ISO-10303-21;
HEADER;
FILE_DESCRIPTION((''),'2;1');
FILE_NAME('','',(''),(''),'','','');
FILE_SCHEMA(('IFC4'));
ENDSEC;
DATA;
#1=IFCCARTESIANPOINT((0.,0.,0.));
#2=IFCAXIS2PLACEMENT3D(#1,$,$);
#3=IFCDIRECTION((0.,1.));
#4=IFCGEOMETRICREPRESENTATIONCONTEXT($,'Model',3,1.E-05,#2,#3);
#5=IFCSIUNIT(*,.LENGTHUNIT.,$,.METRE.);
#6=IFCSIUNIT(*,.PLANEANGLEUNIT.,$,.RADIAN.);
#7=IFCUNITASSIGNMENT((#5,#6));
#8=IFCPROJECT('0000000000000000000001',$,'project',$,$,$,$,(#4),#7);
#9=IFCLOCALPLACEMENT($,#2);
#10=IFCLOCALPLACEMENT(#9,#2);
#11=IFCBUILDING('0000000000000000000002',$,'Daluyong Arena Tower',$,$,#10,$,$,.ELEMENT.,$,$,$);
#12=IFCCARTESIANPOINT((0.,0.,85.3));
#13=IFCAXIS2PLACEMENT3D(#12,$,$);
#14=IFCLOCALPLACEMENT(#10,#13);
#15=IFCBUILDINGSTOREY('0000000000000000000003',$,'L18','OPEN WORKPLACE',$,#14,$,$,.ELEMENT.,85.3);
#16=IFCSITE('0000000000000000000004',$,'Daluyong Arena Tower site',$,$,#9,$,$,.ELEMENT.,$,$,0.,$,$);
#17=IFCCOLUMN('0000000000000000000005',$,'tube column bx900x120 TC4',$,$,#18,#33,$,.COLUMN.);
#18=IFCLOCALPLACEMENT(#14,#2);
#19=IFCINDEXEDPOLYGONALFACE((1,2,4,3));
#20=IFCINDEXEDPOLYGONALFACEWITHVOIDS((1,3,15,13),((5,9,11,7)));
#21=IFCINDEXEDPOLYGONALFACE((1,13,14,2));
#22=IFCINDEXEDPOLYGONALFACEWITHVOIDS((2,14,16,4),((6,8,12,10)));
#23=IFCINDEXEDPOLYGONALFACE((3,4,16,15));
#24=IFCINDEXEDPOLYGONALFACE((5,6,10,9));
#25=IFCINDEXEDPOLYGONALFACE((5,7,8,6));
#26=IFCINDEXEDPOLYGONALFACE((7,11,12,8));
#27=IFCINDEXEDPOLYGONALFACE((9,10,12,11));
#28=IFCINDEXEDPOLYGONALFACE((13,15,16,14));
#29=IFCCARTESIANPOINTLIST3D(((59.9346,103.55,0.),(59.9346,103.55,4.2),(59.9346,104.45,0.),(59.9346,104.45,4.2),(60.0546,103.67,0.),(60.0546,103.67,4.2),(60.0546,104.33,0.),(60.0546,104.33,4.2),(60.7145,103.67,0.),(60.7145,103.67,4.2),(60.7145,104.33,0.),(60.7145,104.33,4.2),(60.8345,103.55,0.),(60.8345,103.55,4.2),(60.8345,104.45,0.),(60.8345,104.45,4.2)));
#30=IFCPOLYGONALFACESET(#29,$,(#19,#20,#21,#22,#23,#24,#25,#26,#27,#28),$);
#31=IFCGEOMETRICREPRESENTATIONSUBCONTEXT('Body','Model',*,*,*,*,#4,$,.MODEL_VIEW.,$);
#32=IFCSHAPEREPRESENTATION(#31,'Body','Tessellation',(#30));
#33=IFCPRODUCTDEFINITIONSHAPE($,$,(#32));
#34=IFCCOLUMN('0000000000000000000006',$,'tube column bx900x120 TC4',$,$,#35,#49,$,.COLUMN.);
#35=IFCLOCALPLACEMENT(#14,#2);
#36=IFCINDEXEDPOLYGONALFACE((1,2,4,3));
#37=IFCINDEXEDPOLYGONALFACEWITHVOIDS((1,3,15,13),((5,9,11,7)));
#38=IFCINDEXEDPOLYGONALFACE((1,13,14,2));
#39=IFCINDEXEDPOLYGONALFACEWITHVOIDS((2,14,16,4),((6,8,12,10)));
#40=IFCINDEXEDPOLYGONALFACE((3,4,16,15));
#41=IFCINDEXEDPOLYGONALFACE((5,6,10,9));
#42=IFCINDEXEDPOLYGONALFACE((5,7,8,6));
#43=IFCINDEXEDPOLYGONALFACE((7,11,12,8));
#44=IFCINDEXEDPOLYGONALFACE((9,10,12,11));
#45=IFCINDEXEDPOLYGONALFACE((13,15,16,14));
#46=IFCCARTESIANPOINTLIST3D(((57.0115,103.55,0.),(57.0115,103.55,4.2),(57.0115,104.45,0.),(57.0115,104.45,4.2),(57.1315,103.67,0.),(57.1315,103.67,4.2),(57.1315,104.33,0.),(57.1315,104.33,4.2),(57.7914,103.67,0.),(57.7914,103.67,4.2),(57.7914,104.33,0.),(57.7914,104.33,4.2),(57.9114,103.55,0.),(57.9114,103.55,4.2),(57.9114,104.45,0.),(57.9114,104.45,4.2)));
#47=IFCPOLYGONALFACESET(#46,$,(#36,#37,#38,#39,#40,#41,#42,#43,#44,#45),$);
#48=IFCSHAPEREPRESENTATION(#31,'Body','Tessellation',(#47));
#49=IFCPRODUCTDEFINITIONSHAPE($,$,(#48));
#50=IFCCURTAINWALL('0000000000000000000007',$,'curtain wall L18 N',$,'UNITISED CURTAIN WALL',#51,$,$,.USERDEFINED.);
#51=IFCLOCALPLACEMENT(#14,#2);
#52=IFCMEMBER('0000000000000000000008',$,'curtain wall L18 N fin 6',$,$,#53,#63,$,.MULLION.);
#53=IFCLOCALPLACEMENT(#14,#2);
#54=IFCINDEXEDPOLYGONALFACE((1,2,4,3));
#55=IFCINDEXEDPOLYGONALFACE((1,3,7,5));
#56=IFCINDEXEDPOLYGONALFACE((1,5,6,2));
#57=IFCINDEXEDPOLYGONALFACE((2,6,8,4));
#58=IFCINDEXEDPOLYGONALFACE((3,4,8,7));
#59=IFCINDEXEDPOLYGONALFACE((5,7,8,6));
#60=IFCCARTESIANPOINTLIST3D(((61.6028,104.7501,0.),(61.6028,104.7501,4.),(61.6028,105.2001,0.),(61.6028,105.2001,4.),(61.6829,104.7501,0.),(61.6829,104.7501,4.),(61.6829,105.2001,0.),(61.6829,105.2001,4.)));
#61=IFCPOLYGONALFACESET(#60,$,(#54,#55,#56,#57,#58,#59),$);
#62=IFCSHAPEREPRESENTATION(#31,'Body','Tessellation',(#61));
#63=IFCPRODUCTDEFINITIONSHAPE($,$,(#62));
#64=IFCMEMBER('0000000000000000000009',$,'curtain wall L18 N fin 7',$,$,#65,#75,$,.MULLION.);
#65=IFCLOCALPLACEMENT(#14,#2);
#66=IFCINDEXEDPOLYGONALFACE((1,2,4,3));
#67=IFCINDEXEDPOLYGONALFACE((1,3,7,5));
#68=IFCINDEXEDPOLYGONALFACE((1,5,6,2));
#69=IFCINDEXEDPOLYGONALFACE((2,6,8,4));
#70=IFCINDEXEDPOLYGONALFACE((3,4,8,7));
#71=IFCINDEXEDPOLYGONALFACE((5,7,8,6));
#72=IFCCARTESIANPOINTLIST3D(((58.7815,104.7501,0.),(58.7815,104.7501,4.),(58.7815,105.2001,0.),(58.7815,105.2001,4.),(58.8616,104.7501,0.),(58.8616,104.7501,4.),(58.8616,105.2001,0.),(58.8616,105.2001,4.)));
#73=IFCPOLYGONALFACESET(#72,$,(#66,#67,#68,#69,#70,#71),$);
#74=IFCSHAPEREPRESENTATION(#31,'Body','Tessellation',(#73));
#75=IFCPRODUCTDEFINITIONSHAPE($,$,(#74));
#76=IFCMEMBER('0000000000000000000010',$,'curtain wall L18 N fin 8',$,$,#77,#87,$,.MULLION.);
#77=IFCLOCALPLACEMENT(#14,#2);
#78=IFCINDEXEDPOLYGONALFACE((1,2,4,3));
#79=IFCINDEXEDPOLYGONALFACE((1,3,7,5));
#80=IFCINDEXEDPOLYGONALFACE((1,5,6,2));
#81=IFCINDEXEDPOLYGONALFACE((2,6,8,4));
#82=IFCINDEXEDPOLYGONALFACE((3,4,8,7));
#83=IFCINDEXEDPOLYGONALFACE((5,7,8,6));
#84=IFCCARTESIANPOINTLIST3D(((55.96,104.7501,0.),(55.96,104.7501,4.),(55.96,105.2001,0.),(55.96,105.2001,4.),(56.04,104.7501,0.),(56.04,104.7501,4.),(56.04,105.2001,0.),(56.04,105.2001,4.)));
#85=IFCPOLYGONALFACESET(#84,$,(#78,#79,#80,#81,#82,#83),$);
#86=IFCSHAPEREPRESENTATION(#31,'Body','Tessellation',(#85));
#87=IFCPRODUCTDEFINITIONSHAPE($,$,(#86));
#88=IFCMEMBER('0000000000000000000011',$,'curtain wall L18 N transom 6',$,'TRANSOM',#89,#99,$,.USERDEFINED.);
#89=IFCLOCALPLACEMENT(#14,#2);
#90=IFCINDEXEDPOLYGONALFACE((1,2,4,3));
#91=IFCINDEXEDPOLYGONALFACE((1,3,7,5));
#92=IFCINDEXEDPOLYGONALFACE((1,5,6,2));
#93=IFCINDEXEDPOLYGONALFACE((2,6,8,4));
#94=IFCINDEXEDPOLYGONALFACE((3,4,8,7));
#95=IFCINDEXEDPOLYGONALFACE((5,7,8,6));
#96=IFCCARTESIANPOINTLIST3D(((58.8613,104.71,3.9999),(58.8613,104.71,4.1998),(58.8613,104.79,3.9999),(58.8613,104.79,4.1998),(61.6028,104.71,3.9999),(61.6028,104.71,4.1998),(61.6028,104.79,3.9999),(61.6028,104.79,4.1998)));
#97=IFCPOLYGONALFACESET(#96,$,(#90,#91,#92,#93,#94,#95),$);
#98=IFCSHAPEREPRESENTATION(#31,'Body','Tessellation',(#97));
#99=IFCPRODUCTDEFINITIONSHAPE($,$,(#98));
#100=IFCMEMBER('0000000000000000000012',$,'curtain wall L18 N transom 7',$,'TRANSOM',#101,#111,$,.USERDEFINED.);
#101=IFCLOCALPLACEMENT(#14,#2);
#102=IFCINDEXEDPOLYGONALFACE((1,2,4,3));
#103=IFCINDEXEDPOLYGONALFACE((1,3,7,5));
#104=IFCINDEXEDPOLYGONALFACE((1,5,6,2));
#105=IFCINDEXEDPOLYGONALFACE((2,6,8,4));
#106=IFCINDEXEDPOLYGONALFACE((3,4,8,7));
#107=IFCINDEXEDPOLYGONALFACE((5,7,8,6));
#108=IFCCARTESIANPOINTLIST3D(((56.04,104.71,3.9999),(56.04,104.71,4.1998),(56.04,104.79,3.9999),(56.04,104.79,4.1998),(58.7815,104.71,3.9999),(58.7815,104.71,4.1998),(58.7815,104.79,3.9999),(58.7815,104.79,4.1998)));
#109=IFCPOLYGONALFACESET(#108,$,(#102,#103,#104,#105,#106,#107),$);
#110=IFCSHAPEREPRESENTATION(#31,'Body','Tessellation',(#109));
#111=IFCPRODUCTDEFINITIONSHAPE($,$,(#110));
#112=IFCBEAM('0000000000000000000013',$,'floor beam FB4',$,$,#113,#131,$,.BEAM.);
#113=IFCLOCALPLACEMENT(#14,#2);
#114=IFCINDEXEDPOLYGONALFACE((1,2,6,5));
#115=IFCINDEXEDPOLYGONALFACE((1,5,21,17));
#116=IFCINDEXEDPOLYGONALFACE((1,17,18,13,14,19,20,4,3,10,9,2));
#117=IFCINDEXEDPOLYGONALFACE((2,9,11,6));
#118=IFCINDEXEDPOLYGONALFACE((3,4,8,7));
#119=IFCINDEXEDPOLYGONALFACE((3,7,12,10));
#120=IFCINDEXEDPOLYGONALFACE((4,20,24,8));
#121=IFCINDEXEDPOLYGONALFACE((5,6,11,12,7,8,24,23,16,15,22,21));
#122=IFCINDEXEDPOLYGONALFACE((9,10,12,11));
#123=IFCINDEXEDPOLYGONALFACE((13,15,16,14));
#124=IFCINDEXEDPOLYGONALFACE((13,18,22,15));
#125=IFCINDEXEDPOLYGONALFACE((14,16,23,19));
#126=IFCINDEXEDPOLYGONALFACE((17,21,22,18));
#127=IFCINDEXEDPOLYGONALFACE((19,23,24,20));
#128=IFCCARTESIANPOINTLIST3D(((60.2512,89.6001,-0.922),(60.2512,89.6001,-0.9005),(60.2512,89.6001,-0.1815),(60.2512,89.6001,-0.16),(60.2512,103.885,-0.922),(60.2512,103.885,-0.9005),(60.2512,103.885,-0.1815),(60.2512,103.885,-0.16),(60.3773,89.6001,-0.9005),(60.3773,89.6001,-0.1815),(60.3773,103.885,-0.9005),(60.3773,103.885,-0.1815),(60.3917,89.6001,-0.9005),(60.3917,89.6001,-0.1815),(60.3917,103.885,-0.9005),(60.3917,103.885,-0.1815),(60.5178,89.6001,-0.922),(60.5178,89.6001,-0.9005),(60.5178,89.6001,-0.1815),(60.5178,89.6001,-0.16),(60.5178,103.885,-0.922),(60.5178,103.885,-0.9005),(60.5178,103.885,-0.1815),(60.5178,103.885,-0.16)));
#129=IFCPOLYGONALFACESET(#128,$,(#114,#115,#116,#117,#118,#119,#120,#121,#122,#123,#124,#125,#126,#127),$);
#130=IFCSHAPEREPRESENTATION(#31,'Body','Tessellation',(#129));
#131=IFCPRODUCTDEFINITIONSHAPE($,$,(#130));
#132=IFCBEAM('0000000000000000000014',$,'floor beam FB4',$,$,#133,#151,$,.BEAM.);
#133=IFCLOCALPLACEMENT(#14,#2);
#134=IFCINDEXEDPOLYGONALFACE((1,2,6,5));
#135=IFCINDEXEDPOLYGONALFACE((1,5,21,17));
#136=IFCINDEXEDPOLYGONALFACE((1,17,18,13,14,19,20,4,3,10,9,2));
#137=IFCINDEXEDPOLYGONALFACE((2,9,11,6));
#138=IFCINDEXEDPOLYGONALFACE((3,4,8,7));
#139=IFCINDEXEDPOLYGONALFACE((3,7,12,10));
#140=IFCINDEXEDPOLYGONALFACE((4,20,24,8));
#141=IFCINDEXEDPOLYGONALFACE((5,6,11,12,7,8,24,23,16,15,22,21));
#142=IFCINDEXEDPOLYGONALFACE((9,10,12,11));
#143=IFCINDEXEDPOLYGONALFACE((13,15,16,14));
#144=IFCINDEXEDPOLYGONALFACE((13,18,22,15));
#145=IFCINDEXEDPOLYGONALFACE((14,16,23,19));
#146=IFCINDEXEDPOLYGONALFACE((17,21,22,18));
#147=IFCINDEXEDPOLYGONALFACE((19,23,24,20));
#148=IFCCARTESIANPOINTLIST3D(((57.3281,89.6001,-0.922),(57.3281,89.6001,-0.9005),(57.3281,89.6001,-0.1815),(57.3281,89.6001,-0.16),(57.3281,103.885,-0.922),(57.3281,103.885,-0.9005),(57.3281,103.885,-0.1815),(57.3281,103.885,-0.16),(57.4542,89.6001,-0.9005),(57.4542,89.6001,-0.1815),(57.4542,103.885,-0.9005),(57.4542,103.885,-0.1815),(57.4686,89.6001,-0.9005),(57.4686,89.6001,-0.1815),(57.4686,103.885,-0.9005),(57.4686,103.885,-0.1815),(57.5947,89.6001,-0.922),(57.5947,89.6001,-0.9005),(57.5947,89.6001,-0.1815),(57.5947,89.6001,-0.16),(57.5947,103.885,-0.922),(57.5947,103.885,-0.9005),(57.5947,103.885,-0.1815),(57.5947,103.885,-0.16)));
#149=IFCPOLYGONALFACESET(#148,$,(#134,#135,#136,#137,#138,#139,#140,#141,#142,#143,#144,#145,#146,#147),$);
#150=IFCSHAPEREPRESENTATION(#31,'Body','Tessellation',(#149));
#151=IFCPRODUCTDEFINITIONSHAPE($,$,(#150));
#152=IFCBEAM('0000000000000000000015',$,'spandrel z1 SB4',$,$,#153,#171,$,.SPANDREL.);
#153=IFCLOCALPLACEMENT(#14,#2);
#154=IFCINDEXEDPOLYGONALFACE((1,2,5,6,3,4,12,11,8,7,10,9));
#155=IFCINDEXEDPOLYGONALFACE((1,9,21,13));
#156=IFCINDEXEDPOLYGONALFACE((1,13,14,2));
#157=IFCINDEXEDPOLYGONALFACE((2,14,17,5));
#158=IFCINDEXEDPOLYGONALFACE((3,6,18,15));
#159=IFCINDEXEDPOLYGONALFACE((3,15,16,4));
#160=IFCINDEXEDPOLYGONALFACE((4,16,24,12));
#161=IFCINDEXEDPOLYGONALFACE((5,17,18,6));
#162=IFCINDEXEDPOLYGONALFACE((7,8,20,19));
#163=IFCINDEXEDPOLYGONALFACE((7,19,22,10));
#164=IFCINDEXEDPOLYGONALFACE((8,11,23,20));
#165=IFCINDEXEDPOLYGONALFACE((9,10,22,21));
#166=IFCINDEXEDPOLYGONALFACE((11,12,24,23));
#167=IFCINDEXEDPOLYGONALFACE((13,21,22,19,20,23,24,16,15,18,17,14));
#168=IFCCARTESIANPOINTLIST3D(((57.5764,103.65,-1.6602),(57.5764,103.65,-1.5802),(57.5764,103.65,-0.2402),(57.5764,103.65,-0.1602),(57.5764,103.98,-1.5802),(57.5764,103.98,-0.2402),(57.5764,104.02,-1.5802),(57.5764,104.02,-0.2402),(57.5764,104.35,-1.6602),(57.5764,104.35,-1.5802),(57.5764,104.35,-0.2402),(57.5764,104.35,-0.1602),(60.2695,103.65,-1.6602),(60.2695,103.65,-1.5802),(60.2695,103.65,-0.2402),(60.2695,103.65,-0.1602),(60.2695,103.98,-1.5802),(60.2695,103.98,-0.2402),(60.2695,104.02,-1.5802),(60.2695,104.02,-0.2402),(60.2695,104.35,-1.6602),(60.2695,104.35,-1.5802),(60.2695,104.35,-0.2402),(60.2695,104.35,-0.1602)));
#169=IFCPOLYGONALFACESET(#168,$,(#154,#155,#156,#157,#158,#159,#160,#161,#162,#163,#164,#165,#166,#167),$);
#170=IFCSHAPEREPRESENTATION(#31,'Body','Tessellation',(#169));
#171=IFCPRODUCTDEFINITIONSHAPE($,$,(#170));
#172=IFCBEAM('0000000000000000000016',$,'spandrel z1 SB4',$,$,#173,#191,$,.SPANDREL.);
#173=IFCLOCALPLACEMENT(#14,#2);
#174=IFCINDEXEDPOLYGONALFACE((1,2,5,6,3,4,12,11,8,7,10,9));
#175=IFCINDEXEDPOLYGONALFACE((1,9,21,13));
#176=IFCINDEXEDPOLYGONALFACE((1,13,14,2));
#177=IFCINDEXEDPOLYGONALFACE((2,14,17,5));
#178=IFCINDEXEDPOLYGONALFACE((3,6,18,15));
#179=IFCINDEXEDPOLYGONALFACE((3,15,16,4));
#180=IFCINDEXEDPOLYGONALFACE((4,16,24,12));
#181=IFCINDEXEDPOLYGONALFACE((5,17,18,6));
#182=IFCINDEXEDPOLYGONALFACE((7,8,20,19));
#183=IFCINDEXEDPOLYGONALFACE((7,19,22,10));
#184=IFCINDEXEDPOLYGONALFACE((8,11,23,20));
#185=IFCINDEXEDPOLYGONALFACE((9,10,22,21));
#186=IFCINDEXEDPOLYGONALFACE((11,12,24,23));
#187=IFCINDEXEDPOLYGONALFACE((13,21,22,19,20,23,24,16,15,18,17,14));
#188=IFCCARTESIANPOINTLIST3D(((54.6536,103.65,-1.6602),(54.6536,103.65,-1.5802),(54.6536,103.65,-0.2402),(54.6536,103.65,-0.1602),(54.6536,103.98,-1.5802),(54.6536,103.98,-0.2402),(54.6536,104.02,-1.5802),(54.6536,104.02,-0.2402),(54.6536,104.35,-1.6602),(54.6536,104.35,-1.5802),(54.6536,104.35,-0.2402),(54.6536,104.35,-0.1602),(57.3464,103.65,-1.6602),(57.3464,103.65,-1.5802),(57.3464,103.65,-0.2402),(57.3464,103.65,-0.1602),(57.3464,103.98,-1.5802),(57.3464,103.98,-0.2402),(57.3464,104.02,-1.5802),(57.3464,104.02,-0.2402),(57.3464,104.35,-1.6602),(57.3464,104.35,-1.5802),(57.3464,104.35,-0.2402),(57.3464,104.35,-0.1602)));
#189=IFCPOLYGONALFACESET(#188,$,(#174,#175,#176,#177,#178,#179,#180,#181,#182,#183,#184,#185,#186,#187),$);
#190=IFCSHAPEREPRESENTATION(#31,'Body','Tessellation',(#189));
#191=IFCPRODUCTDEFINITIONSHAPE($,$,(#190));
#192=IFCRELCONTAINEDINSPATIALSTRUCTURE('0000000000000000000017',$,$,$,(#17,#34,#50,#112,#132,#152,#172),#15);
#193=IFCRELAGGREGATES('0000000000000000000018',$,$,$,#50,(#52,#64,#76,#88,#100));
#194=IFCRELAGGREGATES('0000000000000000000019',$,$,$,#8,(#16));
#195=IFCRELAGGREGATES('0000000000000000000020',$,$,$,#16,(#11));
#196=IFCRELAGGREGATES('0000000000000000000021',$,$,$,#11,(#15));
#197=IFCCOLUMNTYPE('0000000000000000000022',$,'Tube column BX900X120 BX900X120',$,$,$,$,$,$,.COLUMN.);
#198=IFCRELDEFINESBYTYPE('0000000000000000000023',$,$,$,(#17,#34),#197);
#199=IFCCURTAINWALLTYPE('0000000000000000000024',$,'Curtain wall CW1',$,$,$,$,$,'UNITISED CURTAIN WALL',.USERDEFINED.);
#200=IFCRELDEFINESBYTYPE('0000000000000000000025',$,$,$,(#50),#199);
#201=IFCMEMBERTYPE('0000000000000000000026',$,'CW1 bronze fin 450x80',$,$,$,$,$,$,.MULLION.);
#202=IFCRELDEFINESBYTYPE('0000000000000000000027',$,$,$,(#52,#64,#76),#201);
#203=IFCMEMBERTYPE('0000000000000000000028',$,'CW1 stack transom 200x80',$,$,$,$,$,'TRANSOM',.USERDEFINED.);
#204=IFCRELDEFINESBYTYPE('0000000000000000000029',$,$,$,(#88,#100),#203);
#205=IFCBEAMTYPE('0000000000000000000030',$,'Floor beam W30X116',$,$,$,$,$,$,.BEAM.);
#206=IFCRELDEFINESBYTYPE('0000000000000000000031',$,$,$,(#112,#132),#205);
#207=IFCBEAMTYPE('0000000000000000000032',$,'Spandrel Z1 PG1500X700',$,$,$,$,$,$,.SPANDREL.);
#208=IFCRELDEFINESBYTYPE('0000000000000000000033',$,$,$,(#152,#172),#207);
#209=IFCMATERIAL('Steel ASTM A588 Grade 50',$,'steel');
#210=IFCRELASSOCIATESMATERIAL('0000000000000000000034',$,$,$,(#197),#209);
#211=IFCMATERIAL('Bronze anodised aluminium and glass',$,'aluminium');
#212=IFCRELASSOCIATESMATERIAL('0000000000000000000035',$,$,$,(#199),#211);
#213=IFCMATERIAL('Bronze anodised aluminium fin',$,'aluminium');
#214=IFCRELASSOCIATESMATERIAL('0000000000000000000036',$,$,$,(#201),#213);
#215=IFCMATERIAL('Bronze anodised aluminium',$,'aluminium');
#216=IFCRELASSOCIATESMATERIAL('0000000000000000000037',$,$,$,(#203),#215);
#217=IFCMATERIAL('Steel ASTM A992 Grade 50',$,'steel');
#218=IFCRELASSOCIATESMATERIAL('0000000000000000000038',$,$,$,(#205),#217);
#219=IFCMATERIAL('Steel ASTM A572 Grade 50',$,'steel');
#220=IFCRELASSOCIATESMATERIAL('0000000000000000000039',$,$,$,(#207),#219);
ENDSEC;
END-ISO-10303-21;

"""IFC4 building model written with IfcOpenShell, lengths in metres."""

from ifc_helpers import new_model, si_unit, direction, frame, origin, origin_2d, place, context, subcontext, project, spatial, rectangle, hollow_rectangle, i_section, extrude, material, material_profile, profile_set, type_object, element, aggregate, save


model = new_model("IFC4")

# Units and contexts
model_context = context("Model", 3, precision=1e-05, world=origin(), true_north=direction((0.0, 1.0)))
body_context = subcontext(model_context, "Body", "Model", "MODEL_VIEW")
ifc_project = project(units=[si_unit("LENGTHUNIT", "METRE"), si_unit("PLANEANGLEUNIT", "RADIAN")], contexts=[model_context])

# Site, building, storey
site_placement = place(None, origin())
site = spatial("IfcSite", under=ifc_project, at=site_placement, Name="Daluyong Arena Tower site", CompositionType="ELEMENT", RefElevation=0.0)
building_placement = place(site_placement, origin())
building = spatial("IfcBuilding", under=site, at=building_placement, Name="Daluyong Arena Tower", CompositionType="ELEMENT")
storey_placement = place(building_placement, frame((0.0, 0.0, 85.3)))
storey = spatial("IfcBuildingStorey", under=building, at=storey_placement, Name="L18", Description="OPEN WORKPLACE", CompositionType="ELEMENT", Elevation=85.3)

# Columns
ifc_material_1 = material(Name="Steel ASTM A588 Grade 50", Category="steel")
ifc_material_profile_1 = material_profile(ifc_material_1, hollow_rectangle(XDim=0.8999, YDim=0.8999, WallThickness=0.12, at=origin_2d()))
ifc_profile_set_1 = profile_set([ifc_material_profile_1], Name="Steel ASTM A588 Grade 50")
column_type = type_object("IfcColumnType", Name="Tube column BX900X120 BX900X120", PredefinedType="COLUMN", material=ifc_profile_set_1)
for number, where, z_axis, x_axis, name in (
    (1, (60.3845, 104.0, 0.0), (0.0, 0.0, 1.0), (1.0, 0.0, 0.0), "tube column bx900x120 TC4"),
    (2, (57.4614, 104.0, 0.0), (0.0, 0.0, 1.0), (1.0, 0.0, 0.0), "tube column bx900x120 TC4"),
):
    element("IfcColumn", number, at=place(storey_placement, frame(where, z_axis=z_axis, x_axis=x_axis)), inside=storey, type_object=column_type, Name=name, PredefinedType="COLUMN", context=body_context, shape_type="SweptSolid", body=[
        extrude(hollow_rectangle(XDim=0.8999, YDim=0.8999, WallThickness=0.12, at=origin_2d()), origin(), (0.0, 0.0, 1.0), 4.2),
    ])

# Curtain wall, members
ifc_material_2 = material(Name="Bronze anodised aluminium and glass", Category="aluminium")
curtain_wall_type = type_object("IfcCurtainWallType", Name="Curtain wall CW1", ElementType="UNITISED CURTAIN WALL", PredefinedType="USERDEFINED", material=ifc_material_2)
curtain_wall_placement = place(storey_placement, origin())
curtain_wall = element("IfcCurtainWall", 3, at=curtain_wall_placement, inside=storey, type_object=curtain_wall_type, Name="curtain wall L18 N", ObjectType="UNITISED CURTAIN WALL", PredefinedType="USERDEFINED")
ifc_material_3 = material(Name="Bronze anodised aluminium fin", Category="aluminium")
ifc_material_profile_2 = material_profile(ifc_material_3, rectangle(XDim=0.45, YDim=0.0801, at=origin_2d()))
ifc_profile_set_2 = profile_set([ifc_material_profile_2], Name="Bronze anodised aluminium fin")
member_type_1 = type_object("IfcMemberType", Name="CW1 bronze fin 450x80", PredefinedType="MULLION", material=ifc_profile_set_2)
member_1_placement = place(storey_placement, frame((61.6428, 104.9751, 0.0), z_axis=(0.0, 0.0, 1.0), x_axis=(0.0, -1.0, 0.0)))
member_1 = element("IfcMember", 4, at=member_1_placement, type_object=member_type_1, Name="curtain wall L18 N fin 6", PredefinedType="MULLION", context=body_context, shape_type="SweptSolid", body=[
    extrude(rectangle(XDim=0.45, YDim=0.0801, at=origin_2d()), origin(), (0.0, 0.0, 1.0), 4.0),
])
member_2_placement = place(storey_placement, frame((58.8215, 104.9751, 0.0), z_axis=(0.0, 0.0, 1.0), x_axis=(0.0, -1.0, 0.0)))
member_2 = element("IfcMember", 5, at=member_2_placement, type_object=member_type_1, Name="curtain wall L18 N fin 7", PredefinedType="MULLION", context=body_context, shape_type="SweptSolid", body=[
    extrude(rectangle(XDim=0.45, YDim=0.0801, at=origin_2d()), origin(), (0.0, 0.0, 1.0), 4.0),
])
member_3_placement = place(storey_placement, frame((56.0, 104.9751, 0.0), z_axis=(0.0, 0.0, 1.0), x_axis=(0.0, -1.0, 0.0)))
member_3 = element("IfcMember", 6, at=member_3_placement, type_object=member_type_1, Name="curtain wall L18 N fin 8", PredefinedType="MULLION", context=body_context, shape_type="SweptSolid", body=[
    extrude(rectangle(XDim=0.45, YDim=0.0801, at=origin_2d()), origin(), (0.0, 0.0, 1.0), 4.0),
])
ifc_material_4 = material(Name="Bronze anodised aluminium", Category="aluminium")
ifc_material_profile_3 = material_profile(ifc_material_4, rectangle(XDim=0.0801, YDim=0.2, at=origin_2d()))
ifc_profile_set_3 = profile_set([ifc_material_profile_3], Name="Bronze anodised aluminium")
member_type_2 = type_object("IfcMemberType", Name="CW1 stack transom 200x80", ElementType="TRANSOM", PredefinedType="USERDEFINED", material=ifc_profile_set_3)
member_4_placement = place(storey_placement, frame((61.6028, 104.75, 4.0999), z_axis=(-1.0, 0.0, 0.0), x_axis=(0.0, -1.0, 0.0)))
member_4 = element("IfcMember", 7, at=member_4_placement, type_object=member_type_2, Name="curtain wall L18 N transom 6", ObjectType="TRANSOM", PredefinedType="USERDEFINED", context=body_context, shape_type="SweptSolid", body=[
    extrude(rectangle(XDim=0.0801, YDim=0.2, at=origin_2d()), origin(), (0.0, 0.0, 1.0), 2.7415),
])
member_5_placement = place(storey_placement, frame((58.7815, 104.75, 4.0999), z_axis=(-1.0, 0.0, 0.0), x_axis=(0.0, -1.0, 0.0)))
member_5 = element("IfcMember", 8, at=member_5_placement, type_object=member_type_2, Name="curtain wall L18 N transom 7", ObjectType="TRANSOM", PredefinedType="USERDEFINED", context=body_context, shape_type="SweptSolid", body=[
    extrude(rectangle(XDim=0.0801, YDim=0.2, at=origin_2d()), origin(), (0.0, 0.0, 1.0), 2.7415),
])

# Beams
ifc_material_5 = material(Name="Steel ASTM A992 Grade 50", Category="steel")
ifc_material_profile_4 = material_profile(ifc_material_5, i_section(OverallWidth=0.2666, OverallDepth=0.762, WebThickness=0.0144, FlangeThickness=0.0215, at=origin_2d()))
ifc_profile_set_4 = profile_set([ifc_material_profile_4], Name="Steel ASTM A992 Grade 50")
beam_type_1 = type_object("IfcBeamType", Name="Floor beam W30X116", PredefinedType="BEAM", material=ifc_profile_set_4)
for number, where, z_axis, x_axis, name in (
    (9, (60.3845, 103.885, -0.541), (0.0, -1.0, 0.0), (1.0, 0.0, 0.0), "floor beam FB4"),
    (10, (57.4614, 103.885, -0.541), (0.0, -1.0, 0.0), (1.0, 0.0, 0.0), "floor beam FB4"),
):
    element("IfcBeam", number, at=place(storey_placement, frame(where, z_axis=z_axis, x_axis=x_axis)), inside=storey, type_object=beam_type_1, Name=name, PredefinedType="BEAM", context=body_context, shape_type="SweptSolid", body=[
        extrude(i_section(OverallWidth=0.2666, OverallDepth=0.762, WebThickness=0.0144, FlangeThickness=0.0215, at=origin_2d()), origin(), (0.0, 0.0, 1.0), 14.2849),
    ])
ifc_material_6 = material(Name="Steel ASTM A572 Grade 50", Category="steel")
ifc_material_profile_5 = material_profile(ifc_material_6, i_section(OverallWidth=0.7, OverallDepth=1.5, WebThickness=0.04, FlangeThickness=0.08, at=origin_2d()))
ifc_profile_set_5 = profile_set([ifc_material_profile_5], Name="Steel ASTM A572 Grade 50")
beam_type_2 = type_object("IfcBeamType", Name="Spandrel Z1 PG1500X700", PredefinedType="SPANDREL", material=ifc_profile_set_5)
beam_1_placement = place(storey_placement, frame((60.2695, 104.0, -0.9102), z_axis=(-1.0, 0.0, 0.0), x_axis=(0.0, -1.0, 0.0)))
element("IfcBeam", 11, at=beam_1_placement, inside=storey, type_object=beam_type_2, Name="spandrel z1 SB4", PredefinedType="SPANDREL", context=body_context, shape_type="SweptSolid", body=[
    extrude(i_section(OverallWidth=0.7, OverallDepth=1.5, WebThickness=0.04, FlangeThickness=0.08, at=origin_2d()), origin(), (0.0, 0.0, 1.0), 2.6931),
])
beam_2_placement = place(storey_placement, frame((57.3464, 104.0, -0.9102), z_axis=(-1.0, 0.0, 0.0), x_axis=(0.0, -1.0, 0.0)))
element("IfcBeam", 12, at=beam_2_placement, inside=storey, type_object=beam_type_2, Name="spandrel z1 SB4", PredefinedType="SPANDREL", context=body_context, shape_type="SweptSolid", body=[
    extrude(i_section(OverallWidth=0.7, OverallDepth=1.5, WebThickness=0.04, FlangeThickness=0.08, at=origin_2d()), origin(), (0.0, 0.0, 1.0), 2.6929),
])

aggregate(curtain_wall, [member_1, member_2, member_3, member_4, member_5])

save(model, "model.ifc")
